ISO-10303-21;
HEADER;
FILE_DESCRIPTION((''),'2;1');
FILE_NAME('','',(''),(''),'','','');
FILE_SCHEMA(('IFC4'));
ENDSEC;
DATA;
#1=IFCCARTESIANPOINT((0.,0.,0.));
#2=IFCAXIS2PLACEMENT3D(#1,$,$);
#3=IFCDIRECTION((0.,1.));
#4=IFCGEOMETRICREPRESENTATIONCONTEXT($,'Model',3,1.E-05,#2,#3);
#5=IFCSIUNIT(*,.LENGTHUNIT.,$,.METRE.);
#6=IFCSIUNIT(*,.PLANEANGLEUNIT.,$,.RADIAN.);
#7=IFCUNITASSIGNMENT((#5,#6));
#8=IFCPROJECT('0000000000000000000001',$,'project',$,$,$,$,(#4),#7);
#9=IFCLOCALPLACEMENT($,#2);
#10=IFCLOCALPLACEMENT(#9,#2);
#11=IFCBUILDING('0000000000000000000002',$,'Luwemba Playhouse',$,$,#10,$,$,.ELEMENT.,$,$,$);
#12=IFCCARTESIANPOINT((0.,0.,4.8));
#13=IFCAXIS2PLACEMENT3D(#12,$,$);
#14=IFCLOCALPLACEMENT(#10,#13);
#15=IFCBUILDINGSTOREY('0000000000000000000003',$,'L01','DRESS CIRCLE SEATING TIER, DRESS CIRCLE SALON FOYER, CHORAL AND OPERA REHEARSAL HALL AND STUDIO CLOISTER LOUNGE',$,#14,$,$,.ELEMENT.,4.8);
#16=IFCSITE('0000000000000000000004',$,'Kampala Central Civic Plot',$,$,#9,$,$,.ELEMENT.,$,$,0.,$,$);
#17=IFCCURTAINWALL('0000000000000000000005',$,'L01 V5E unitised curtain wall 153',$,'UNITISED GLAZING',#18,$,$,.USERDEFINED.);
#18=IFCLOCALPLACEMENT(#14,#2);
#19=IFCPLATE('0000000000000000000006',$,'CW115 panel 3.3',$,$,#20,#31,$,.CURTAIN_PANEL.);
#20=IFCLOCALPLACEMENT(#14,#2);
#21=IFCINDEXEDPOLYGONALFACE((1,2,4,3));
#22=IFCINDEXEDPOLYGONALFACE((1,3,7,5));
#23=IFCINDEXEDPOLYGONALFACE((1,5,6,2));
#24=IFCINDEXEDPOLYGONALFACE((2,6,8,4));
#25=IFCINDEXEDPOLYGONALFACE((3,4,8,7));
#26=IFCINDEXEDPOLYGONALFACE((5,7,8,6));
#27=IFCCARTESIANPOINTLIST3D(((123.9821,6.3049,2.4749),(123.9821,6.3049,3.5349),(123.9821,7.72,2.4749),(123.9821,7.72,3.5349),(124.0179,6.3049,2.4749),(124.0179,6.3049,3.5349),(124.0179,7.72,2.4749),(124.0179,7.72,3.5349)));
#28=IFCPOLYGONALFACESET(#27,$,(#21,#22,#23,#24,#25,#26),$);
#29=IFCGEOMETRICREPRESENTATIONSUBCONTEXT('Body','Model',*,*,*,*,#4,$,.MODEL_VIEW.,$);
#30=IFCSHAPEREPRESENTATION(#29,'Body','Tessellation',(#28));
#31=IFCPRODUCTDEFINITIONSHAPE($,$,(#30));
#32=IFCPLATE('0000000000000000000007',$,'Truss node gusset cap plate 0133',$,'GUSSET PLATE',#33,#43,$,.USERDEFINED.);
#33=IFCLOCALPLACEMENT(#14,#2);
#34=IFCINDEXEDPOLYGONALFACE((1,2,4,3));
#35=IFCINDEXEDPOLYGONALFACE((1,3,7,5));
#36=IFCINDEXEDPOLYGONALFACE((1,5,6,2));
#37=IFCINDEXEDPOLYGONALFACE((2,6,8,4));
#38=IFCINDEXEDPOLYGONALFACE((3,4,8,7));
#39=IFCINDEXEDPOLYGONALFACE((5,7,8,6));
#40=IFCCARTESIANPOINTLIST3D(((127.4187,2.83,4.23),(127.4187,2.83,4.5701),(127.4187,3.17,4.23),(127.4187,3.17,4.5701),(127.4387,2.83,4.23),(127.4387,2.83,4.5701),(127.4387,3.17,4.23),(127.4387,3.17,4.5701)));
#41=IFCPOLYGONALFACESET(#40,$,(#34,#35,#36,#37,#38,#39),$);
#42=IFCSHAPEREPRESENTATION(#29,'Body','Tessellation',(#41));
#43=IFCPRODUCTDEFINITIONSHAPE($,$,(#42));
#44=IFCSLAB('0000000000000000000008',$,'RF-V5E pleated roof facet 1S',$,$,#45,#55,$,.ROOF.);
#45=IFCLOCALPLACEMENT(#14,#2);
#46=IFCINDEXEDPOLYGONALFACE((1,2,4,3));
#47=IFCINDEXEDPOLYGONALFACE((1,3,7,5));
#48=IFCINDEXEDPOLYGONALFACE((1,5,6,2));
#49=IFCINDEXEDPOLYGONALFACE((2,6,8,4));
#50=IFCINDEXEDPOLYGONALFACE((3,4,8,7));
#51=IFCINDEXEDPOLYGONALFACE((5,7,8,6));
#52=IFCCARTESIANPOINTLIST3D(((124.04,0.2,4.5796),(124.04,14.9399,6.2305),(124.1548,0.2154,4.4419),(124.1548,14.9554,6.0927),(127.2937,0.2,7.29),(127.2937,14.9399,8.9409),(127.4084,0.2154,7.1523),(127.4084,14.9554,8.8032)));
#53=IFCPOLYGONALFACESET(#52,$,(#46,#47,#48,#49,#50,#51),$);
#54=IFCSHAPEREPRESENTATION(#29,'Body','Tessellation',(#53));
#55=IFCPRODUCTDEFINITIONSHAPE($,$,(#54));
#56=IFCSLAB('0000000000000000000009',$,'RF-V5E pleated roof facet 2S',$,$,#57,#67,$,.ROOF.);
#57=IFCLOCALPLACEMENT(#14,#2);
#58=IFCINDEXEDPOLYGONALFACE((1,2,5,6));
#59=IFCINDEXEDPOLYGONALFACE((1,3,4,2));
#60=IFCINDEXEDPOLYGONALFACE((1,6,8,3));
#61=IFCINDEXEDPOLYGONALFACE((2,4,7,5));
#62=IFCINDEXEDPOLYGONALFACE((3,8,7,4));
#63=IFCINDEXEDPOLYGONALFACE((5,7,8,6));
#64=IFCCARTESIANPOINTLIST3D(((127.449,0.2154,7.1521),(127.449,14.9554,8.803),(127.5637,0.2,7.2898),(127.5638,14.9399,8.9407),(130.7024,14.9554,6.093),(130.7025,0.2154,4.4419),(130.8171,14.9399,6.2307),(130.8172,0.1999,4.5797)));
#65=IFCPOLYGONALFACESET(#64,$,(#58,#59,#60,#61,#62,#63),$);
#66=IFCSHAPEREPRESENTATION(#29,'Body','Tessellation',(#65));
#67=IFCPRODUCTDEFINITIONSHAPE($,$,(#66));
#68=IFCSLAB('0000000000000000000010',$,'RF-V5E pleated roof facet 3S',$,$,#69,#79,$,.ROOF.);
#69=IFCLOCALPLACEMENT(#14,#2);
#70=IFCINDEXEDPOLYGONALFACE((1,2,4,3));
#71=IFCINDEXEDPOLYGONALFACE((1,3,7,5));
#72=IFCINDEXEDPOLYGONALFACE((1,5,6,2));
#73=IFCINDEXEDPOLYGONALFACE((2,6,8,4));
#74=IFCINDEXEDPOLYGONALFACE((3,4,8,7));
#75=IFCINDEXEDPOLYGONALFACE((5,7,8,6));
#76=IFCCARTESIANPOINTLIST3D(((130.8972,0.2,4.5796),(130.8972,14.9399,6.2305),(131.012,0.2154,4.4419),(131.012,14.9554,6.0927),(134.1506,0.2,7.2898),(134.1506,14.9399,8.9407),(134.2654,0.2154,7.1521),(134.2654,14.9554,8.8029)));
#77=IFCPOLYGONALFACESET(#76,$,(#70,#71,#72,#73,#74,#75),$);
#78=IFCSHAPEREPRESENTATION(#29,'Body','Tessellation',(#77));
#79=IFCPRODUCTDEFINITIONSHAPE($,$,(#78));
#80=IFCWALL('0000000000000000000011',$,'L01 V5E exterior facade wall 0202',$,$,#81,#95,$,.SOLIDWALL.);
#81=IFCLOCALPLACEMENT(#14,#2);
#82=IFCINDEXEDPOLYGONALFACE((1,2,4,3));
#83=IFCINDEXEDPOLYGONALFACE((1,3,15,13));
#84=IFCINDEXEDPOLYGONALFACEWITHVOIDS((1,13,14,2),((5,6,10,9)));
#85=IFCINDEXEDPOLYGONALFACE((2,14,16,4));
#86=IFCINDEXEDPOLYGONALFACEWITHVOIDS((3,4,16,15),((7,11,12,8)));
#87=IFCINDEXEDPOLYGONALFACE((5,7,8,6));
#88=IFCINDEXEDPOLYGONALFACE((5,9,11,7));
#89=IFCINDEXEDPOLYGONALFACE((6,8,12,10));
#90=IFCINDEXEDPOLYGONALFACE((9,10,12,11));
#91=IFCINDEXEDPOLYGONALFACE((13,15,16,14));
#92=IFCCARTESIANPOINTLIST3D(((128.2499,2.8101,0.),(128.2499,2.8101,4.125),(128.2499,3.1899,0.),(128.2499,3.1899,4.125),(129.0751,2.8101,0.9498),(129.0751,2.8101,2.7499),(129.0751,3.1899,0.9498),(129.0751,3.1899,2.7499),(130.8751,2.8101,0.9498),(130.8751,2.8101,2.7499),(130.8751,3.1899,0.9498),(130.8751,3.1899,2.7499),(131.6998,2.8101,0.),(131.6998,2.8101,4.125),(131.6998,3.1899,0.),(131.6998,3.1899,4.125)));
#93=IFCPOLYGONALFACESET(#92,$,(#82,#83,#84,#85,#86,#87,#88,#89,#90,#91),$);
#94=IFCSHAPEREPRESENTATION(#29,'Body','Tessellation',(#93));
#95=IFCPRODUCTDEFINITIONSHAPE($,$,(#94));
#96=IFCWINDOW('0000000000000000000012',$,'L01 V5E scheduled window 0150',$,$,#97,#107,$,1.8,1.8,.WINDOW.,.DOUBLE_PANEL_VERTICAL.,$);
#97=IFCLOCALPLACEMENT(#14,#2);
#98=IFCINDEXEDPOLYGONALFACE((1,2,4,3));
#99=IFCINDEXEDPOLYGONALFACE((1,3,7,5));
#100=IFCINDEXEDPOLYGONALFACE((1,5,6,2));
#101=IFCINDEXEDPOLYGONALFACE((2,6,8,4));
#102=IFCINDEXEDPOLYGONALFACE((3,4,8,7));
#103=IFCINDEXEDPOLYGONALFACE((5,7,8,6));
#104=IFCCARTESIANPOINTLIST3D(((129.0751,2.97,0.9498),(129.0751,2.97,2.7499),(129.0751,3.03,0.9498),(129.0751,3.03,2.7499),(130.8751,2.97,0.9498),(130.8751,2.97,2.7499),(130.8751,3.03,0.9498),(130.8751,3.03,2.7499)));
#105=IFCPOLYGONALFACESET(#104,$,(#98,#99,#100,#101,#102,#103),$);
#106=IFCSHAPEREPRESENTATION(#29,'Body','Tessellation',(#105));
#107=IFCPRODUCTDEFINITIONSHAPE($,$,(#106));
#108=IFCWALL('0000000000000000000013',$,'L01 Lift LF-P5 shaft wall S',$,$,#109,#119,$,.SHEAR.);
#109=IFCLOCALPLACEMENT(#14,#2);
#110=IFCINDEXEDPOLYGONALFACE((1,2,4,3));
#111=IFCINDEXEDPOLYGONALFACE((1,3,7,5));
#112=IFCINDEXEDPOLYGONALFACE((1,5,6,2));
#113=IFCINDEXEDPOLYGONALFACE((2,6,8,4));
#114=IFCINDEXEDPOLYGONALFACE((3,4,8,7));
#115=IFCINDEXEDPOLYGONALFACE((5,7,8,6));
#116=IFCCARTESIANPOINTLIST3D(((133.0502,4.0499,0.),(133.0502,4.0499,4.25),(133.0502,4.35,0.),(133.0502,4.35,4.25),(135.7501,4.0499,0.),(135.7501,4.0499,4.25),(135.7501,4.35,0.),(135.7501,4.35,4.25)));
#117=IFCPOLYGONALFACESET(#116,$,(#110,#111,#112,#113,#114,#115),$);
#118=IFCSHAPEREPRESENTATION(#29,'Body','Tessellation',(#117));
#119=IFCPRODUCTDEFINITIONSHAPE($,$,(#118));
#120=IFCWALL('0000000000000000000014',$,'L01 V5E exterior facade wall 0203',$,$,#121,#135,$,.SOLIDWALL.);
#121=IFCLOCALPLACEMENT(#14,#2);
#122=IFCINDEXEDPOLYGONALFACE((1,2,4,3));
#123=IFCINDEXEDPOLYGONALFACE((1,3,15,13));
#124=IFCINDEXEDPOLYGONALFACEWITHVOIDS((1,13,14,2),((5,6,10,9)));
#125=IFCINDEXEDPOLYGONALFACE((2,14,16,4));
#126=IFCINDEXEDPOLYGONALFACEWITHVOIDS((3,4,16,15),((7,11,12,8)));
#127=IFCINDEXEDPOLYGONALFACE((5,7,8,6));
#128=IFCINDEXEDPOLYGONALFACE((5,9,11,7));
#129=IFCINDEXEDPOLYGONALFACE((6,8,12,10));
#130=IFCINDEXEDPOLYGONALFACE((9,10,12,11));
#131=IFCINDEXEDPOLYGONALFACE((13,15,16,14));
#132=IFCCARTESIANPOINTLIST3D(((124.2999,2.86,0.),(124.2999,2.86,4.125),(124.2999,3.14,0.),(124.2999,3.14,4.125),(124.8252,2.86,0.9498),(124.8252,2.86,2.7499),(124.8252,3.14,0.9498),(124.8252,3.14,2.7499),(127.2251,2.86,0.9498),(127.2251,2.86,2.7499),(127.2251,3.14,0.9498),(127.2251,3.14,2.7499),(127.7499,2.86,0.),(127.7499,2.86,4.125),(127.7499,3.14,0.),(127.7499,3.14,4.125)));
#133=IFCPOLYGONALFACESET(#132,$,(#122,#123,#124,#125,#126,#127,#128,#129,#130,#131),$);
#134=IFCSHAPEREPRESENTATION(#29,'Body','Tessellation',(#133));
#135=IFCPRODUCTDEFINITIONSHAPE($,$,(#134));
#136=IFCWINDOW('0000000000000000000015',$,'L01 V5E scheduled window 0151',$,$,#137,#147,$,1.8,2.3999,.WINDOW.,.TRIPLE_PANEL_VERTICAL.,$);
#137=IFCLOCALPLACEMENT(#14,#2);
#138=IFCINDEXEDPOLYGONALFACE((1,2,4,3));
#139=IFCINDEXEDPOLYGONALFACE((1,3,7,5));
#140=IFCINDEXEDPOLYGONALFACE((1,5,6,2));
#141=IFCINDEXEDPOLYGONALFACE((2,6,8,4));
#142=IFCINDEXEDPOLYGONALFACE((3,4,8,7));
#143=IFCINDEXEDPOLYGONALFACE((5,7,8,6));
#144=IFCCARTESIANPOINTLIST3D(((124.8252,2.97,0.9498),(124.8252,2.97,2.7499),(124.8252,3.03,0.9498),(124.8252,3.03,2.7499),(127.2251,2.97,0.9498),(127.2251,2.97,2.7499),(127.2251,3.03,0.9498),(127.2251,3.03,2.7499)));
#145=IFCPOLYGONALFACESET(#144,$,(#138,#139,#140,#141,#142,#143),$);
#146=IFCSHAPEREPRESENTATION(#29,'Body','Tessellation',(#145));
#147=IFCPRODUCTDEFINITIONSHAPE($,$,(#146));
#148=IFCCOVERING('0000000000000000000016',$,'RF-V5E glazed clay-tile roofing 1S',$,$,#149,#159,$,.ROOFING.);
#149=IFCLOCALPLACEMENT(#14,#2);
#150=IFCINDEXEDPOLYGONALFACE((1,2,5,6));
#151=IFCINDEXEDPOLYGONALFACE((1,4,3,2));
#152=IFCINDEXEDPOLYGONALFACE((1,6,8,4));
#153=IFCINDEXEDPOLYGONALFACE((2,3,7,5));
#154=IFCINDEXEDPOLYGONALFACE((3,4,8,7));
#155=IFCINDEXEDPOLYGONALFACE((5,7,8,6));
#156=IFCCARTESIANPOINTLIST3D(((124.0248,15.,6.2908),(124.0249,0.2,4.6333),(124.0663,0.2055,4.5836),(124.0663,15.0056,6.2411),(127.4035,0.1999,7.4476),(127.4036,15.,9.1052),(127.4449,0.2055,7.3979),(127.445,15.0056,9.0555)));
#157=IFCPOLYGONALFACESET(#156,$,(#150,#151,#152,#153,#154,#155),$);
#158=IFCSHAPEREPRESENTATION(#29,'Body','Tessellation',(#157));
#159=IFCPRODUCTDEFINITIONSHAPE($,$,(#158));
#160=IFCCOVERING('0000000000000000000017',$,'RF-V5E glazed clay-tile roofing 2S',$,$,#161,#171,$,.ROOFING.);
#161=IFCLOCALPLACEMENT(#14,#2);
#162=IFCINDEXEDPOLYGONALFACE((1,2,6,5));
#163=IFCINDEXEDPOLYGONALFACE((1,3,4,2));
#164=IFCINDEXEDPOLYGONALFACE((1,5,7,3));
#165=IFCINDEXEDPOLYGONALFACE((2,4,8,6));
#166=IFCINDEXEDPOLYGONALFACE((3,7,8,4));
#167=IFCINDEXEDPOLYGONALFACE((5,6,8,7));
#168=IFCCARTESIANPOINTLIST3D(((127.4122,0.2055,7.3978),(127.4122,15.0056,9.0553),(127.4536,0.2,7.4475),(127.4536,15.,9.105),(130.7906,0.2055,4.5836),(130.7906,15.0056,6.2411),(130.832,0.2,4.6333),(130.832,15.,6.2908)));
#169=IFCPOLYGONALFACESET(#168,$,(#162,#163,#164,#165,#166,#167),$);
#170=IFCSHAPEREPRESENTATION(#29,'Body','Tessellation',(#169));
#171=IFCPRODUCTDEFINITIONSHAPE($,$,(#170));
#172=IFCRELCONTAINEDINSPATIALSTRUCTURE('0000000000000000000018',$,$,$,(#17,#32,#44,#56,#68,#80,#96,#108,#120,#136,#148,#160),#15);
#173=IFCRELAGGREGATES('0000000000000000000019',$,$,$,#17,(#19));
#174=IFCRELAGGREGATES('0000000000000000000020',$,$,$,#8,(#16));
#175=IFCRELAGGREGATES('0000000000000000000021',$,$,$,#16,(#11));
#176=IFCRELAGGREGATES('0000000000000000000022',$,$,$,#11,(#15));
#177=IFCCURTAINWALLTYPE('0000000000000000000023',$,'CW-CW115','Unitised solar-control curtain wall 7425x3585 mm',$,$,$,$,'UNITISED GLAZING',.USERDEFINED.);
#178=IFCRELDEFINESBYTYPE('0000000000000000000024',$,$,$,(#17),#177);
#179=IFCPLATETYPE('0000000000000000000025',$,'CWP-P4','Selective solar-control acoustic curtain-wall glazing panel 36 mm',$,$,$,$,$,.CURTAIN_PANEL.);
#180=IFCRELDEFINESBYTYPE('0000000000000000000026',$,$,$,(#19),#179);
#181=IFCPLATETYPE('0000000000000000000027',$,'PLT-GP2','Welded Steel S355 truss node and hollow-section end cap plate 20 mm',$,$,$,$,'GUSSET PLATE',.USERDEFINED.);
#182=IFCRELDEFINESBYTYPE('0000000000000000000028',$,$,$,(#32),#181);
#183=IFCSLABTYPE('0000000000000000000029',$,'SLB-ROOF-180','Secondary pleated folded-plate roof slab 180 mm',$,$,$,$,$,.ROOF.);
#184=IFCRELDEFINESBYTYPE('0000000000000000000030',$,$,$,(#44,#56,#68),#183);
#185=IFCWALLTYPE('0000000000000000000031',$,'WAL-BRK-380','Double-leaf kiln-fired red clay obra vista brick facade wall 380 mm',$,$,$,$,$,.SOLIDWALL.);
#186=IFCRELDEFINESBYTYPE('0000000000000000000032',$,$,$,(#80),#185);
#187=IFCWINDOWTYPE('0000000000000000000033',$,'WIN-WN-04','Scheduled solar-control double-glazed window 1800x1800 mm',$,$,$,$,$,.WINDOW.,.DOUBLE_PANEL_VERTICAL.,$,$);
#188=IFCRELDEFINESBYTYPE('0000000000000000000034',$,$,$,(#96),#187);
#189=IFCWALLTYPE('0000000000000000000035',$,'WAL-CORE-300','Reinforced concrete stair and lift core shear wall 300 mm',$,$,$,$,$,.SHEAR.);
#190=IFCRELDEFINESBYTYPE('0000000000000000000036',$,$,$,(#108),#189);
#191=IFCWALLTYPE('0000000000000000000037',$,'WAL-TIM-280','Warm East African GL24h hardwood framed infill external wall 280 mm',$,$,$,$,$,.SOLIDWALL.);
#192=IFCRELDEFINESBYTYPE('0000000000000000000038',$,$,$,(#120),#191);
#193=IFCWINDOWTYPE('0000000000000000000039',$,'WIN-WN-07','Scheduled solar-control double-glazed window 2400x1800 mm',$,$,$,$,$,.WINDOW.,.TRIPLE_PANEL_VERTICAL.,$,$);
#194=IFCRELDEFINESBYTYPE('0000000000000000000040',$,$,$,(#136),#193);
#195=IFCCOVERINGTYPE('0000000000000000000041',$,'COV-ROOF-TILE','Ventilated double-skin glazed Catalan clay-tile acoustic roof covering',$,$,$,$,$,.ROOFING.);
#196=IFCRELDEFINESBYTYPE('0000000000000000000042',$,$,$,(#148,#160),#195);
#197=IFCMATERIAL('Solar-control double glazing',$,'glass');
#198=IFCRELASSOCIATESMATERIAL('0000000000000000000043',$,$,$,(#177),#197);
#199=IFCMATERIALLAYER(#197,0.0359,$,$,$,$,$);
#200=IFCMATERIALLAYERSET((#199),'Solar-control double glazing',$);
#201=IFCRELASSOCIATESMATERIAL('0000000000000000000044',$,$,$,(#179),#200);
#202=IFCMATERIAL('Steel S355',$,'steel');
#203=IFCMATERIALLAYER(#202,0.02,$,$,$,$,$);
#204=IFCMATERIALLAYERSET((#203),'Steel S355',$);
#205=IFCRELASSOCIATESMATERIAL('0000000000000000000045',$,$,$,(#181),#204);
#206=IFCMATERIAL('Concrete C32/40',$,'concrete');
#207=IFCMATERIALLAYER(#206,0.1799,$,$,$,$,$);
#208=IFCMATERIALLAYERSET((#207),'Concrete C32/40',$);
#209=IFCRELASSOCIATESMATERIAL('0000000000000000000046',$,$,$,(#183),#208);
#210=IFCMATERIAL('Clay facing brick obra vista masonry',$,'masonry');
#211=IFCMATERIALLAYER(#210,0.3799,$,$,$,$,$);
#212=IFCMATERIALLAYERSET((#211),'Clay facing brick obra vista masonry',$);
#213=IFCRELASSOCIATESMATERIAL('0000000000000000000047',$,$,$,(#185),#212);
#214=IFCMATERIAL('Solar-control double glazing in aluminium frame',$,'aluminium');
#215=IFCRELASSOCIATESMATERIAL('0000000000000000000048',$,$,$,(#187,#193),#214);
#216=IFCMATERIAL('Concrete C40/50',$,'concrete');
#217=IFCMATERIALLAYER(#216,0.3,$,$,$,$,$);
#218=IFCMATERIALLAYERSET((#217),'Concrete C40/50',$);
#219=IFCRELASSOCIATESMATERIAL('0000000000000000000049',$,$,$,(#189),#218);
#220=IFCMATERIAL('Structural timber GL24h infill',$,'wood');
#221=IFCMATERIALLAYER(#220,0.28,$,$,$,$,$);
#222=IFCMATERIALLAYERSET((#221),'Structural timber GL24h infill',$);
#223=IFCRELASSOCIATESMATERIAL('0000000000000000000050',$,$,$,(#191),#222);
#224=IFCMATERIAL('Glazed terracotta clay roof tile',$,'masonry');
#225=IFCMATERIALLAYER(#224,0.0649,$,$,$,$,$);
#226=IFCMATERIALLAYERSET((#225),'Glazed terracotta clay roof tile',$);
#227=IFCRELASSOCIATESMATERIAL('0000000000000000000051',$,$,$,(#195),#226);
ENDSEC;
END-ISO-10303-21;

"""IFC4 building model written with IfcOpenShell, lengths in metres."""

from ifc_helpers import new_model, si_unit, direction, frame, frame_2d, origin, origin_2d, place, context, subcontext, project, spatial, polyline, rectangle, outline, extrude, material, layer, layer_set, type_object, element, fill, aggregate, save


model = new_model("IFC4")

# Units and contexts
model_context = context("Model", 3, precision=1e-05, world=origin(), true_north=direction((0.0, 1.0)))
body_context = subcontext(model_context, "Body", "Model", "MODEL_VIEW")
ifc_project = project(units=[si_unit("LENGTHUNIT", "METRE"), si_unit("PLANEANGLEUNIT", "RADIAN")], contexts=[model_context])

# Site, building, storey
site_placement = place(None, origin())
site = spatial("IfcSite", under=ifc_project, at=site_placement, Name="Kampala Central Civic Plot", CompositionType="ELEMENT", RefElevation=0.0)
building_placement = place(site_placement, origin())
building = spatial("IfcBuilding", under=site, at=building_placement, Name="Luwemba Playhouse", CompositionType="ELEMENT")
storey_placement = place(building_placement, frame((0.0, 0.0, 4.8)))
storey = spatial("IfcBuildingStorey", under=building, at=storey_placement, Name="L01", Description="DRESS CIRCLE SEATING TIER, DRESS CIRCLE SALON FOYER, CHORAL AND OPERA REHEARSAL HALL AND STUDIO CLOISTER LOUNGE", CompositionType="ELEMENT", Elevation=4.8)

# Shared definitions
ifc_material_1 = material(Name="Concrete C40/50", Category="concrete")

# Shared definitions
ifc_material_2 = material(Name="Steel S355", Category="steel")

# Curtain wall
ifc_material_3 = material(Name="Solar-control double glazing", Category="glass")
curtain_wall_type = type_object("IfcCurtainWallType", Name="CW-CW115", Description="Unitised solar-control curtain wall 7425x3585 mm", ElementType="UNITISED GLAZING", PredefinedType="USERDEFINED", material=ifc_material_3)
curtain_wall_placement = place(storey_placement, origin())
curtain_wall = element("IfcCurtainWall", 1, at=curtain_wall_placement, inside=storey, type_object=curtain_wall_type, Name="L01 V5E unitised curtain wall 153", ObjectType="UNITISED GLAZING", PredefinedType="USERDEFINED")

# Plates
ifc_layer_1 = layer(ifc_material_3, 0.0359)
ifc_layer_set_1 = layer_set([ifc_layer_1], Name="Solar-control double glazing")
plate_type_1 = type_object("IfcPlateType", Name="CWP-P4", Description="Selective solar-control acoustic curtain-wall glazing panel 36 mm", PredefinedType="CURTAIN_PANEL", material=ifc_layer_set_1)
plate_1_placement = place(storey_placement, frame((124.0, 7.0125, 2.4749), z_axis=(0.0, 0.0, 1.0), x_axis=(0.0, 1.0, 0.0)))
plate_1 = element("IfcPlate", 2, at=plate_1_placement, type_object=plate_type_1, Name="CW115 panel 3.3", PredefinedType="CURTAIN_PANEL", context=body_context, shape_type="SweptSolid", body=[
    extrude(rectangle(XDim=1.415, YDim=0.0359, at=origin_2d()), origin(), (0.0, 0.0, 1.0), 1.0601),
])
aggregate(curtain_wall, [plate_1])
ifc_layer_2 = layer(ifc_material_2, 0.02)
ifc_layer_set_2 = layer_set([ifc_layer_2], Name="Steel S355")
plate_type_2 = type_object("IfcPlateType", Name="PLT-GP2", Description="Welded Steel S355 truss node and hollow-section end cap plate 20 mm", ElementType="GUSSET PLATE", PredefinedType="USERDEFINED", material=ifc_layer_set_2)
plate_2_placement = place(storey_placement, frame((127.4287, 3.0, 4.23), z_axis=(0.0, 0.0, 1.0), x_axis=(1.0, 0.0, 0.0)))
element("IfcPlate", 3, at=plate_2_placement, inside=storey, type_object=plate_type_2, Name="Truss node gusset cap plate 0133", ObjectType="GUSSET PLATE", PredefinedType="USERDEFINED", context=body_context, shape_type="SweptSolid", body=[
    extrude(rectangle(XDim=0.02, YDim=0.3401, at=origin_2d()), origin(), (0.0, 0.0, 1.0), 0.3401),
])

# Slabs
ifc_material_4 = material(Name="Concrete C32/40", Category="concrete")
ifc_layer_3 = layer(ifc_material_4, 0.1799)
ifc_layer_set_3 = layer_set([ifc_layer_3], Name="Concrete C32/40")
slab_type = type_object("IfcSlabType", Name="SLB-ROOF-180", Description="Secondary pleated folded-plate roof slab 180 mm", PredefinedType="ROOF", material=ifc_layer_set_3)
slab_1_placement = place(storey_placement, frame((124.04, 0.2, 4.5796), z_axis=(-0.637697, -0.085736, 0.765501), x_axis=(0.76833, 0.0, 0.640054)))
element("IfcSlab", 4, at=slab_1_placement, inside=storey, type_object=slab_type, Name="RF-V5E pleated roof facet 1S", PredefinedType="ROOF", context=body_context, shape_type="SweptSolid", body=[
    extrude(outline(polyline([(0.0, 0.0), (4.2347, 0.0), (5.2914, 14.7945), (1.0567, 14.7945), (0.0, 0.0)])), origin(), (0.0, 0.0, -1.0), 0.1799),
])
slab_2_placement = place(storey_placement, frame((127.5637, 0.2, 7.2898), z_axis=(0.637674, -0.085744, 0.765519), x_axis=(0.768349, -0.000002, -0.640031)))
element("IfcSlab", 5, at=slab_2_placement, inside=storey, type_object=slab_type, Name="RF-V5E pleated roof facet 2S", PredefinedType="ROOF", context=body_context, shape_type="SweptSolid", body=[
    extrude(outline(polyline([(0.0, 0.0), (4.2344, 0.0), (3.1776, 14.7945), (-1.0566, 14.7945), (0.0, 0.0)])), origin(), (0.0, 0.0, -1.0), 0.1799),
])
slab_3_placement = place(storey_placement, frame((130.8972, 0.2, 4.5796), z_axis=(-0.637692, -0.085737, 0.765506), x_axis=(0.768335, 0.0, 0.640048)))
element("IfcSlab", 6, at=slab_3_placement, inside=storey, type_object=slab_type, Name="RF-V5E pleated roof facet 3S", PredefinedType="ROOF", context=body_context, shape_type="SweptSolid", body=[
    extrude(outline(polyline([(0.0, 0.0), (4.2344, 0.0), (5.291, 14.7945), (1.0566, 14.7945), (0.0, 0.0)])), origin(), (0.0, 0.0, -1.0), 0.1799),
])

# Wall, opening, window
ifc_material_5 = material(Name="Clay facing brick obra vista masonry", Category="masonry")
ifc_layer_4 = layer(ifc_material_5, 0.3799)
ifc_layer_set_4 = layer_set([ifc_layer_4], Name="Clay facing brick obra vista masonry")
wall_type_1 = type_object("IfcWallType", Name="WAL-BRK-380", Description="Double-leaf kiln-fired red clay obra vista brick facade wall 380 mm", PredefinedType="SOLIDWALL", material=ifc_layer_set_4)
wall_1_placement = place(storey_placement, frame((131.7, 3.0, 0.0), z_axis=(0.0, 0.0, 1.0), x_axis=(-1.0, 0.0, 0.0)))
wall_1 = element("IfcWall", 7, at=wall_1_placement, inside=storey, type_object=wall_type_1, Name="L01 V5E exterior facade wall 0202", PredefinedType="SOLIDWALL", context=body_context, shape_type="SweptSolid", body=[
    extrude(rectangle(XDim=3.45, YDim=0.3799, at=frame_2d((1.7251, 0.0))), origin(), (0.0, 0.0, 1.0), 4.125),
])
opening_1_placement = place(wall_1_placement, frame((0.825, 0.0, 0.95)))
opening_1 = element("IfcOpeningElement", 8, at=opening_1_placement, cuts=wall_1, PredefinedType="OPENING", context=body_context, shape_type="SweptSolid", body=[
    extrude(rectangle(XDim=1.8, YDim=1.8, at=frame_2d((0.8999, 0.8999))), frame((0.0, 0.2, 0.0), z_axis=(0.0, -1.0, 0.0), x_axis=(1.0, 0.0, 0.0)), (0.0, 0.0, 1.0), 0.3999),
])
ifc_material_6 = material(Name="Solar-control double glazing in aluminium frame", Category="aluminium")
window_type_1 = type_object("IfcWindowType", Name="WIN-WN-04", Description="Scheduled solar-control double-glazed window 1800x1800 mm", PartitioningType="DOUBLE_PANEL_VERTICAL", PredefinedType="WINDOW", material=ifc_material_6)
window_1_placement = place(opening_1_placement, origin())
window_1 = element("IfcWindow", 9, at=window_1_placement, inside=storey, type_object=window_type_1, Name="L01 V5E scheduled window 0150", OverallHeight=1.8, OverallWidth=1.8, PartitioningType="DOUBLE_PANEL_VERTICAL", PredefinedType="WINDOW", context=body_context, shape_type="SweptSolid", body=[
    extrude(rectangle(XDim=1.8, YDim=1.8, at=frame_2d((0.8999, 0.8999))), frame((0.0, 0.03, 0.0), z_axis=(0.0, -1.0, 0.0), x_axis=(1.0, 0.0, 0.0)), (0.0, 0.0, 1.0), 0.0601),
])
fill(opening_1, window_1)

# Wall
ifc_layer_5 = layer(ifc_material_1, 0.3)
ifc_layer_set_5 = layer_set([ifc_layer_5], Name="Concrete C40/50")
wall_type_2 = type_object("IfcWallType", Name="WAL-CORE-300", Description="Reinforced concrete stair and lift core shear wall 300 mm", PredefinedType="SHEAR", material=ifc_layer_set_5)
wall_2_placement = place(storey_placement, frame((133.05, 4.2, 0.0), z_axis=(0.0, 0.0, 1.0), x_axis=(1.0, 0.0, 0.0)))
element("IfcWall", 10, at=wall_2_placement, inside=storey, type_object=wall_type_2, Name="L01 Lift LF-P5 shaft wall S", PredefinedType="SHEAR", context=body_context, shape_type="SweptSolid", body=[
    extrude(rectangle(XDim=2.7, YDim=0.3, at=frame_2d((1.3501, 0.0))), origin(), (0.0, 0.0, 1.0), 4.25),
])

# Wall, opening, window
ifc_material_7 = material(Name="Structural timber GL24h infill", Category="wood")
ifc_layer_6 = layer(ifc_material_7, 0.28)
ifc_layer_set_6 = layer_set([ifc_layer_6], Name="Structural timber GL24h infill")
wall_type_3 = type_object("IfcWallType", Name="WAL-TIM-280", Description="Warm East African GL24h hardwood framed infill external wall 280 mm", PredefinedType="SOLIDWALL", material=ifc_layer_set_6)
wall_3_placement = place(storey_placement, frame((127.75, 3.0, 0.0), z_axis=(0.0, 0.0, 1.0), x_axis=(-1.0, 0.0, 0.0)))
wall_3 = element("IfcWall", 11, at=wall_3_placement, inside=storey, type_object=wall_type_3, Name="L01 V5E exterior facade wall 0203", PredefinedType="SOLIDWALL", context=body_context, shape_type="SweptSolid", body=[
    extrude(rectangle(XDim=3.45, YDim=0.28, at=frame_2d((1.7251, 0.0))), origin(), (0.0, 0.0, 1.0), 4.125),
])
opening_2_placement = place(wall_3_placement, frame((0.5249, 0.0, 0.95)))
opening_2 = element("IfcOpeningElement", 12, at=opening_2_placement, cuts=wall_3, PredefinedType="OPENING", context=body_context, shape_type="SweptSolid", body=[
    extrude(rectangle(XDim=2.3999, YDim=1.8, at=frame_2d((1.2, 0.8999))), frame((0.0, 0.1499, 0.0), z_axis=(0.0, -1.0, 0.0), x_axis=(1.0, 0.0, 0.0)), (0.0, 0.0, 1.0), 0.3),
])
window_type_2 = type_object("IfcWindowType", Name="WIN-WN-07", Description="Scheduled solar-control double-glazed window 2400x1800 mm", PartitioningType="TRIPLE_PANEL_VERTICAL", PredefinedType="WINDOW", material=ifc_material_6)
window_2_placement = place(opening_2_placement, origin())
window_2 = element("IfcWindow", 13, at=window_2_placement, inside=storey, type_object=window_type_2, Name="L01 V5E scheduled window 0151", OverallHeight=1.8, OverallWidth=2.3999, PartitioningType="TRIPLE_PANEL_VERTICAL", PredefinedType="WINDOW", context=body_context, shape_type="SweptSolid", body=[
    extrude(rectangle(XDim=2.3999, YDim=1.8, at=frame_2d((1.2, 0.8999))), frame((0.0, 0.03, 0.0), z_axis=(0.0, -1.0, 0.0), x_axis=(1.0, 0.0, 0.0)), (0.0, 0.0, 1.0), 0.0601),
])
fill(opening_2, window_2)

# Coverings
ifc_material_8 = material(Name="Glazed terracotta clay roof tile", Category="masonry")
ifc_layer_7 = layer(ifc_material_8, 0.0649)
ifc_layer_set_7 = layer_set([ifc_layer_7], Name="Glazed terracotta clay roof tile")
covering_type = type_object("IfcCoveringType", Name="COV-ROOF-TILE", Description="Ventilated double-skin glazed Catalan clay-tile acoustic roof covering", PredefinedType="ROOFING", material=ifc_layer_set_7)
covering_1_placement = place(storey_placement, frame((124.0249, 0.2, 4.6333), z_axis=(-0.637664, -0.085739, 0.765528), x_axis=(0.768358, -0.000002, 0.64002)))
element("IfcCovering", 14, at=covering_1_placement, inside=storey, type_object=covering_type, Name="RF-V5E glazed clay-tile roofing 1S", PredefinedType="ROOFING", context=body_context, shape_type="SweptSolid", body=[
    extrude(outline(polyline([(0.0, 0.0), (4.3972, 0.0), (5.4581, 14.8548), (1.0608, 14.8547), (0.0, 0.0)])), origin(), (0.0, 0.0, -1.0), 0.0649),
])
covering_2_placement = place(storey_placement, frame((127.4536, 0.2, 7.4475), z_axis=(0.637675, -0.085731, 0.76552), x_axis=(0.768349, 0.0, -0.640031)))
element("IfcCovering", 15, at=covering_2_placement, inside=storey, type_object=covering_type, Name="RF-V5E glazed clay-tile roofing 2S", PredefinedType="ROOFING", context=body_context, shape_type="SweptSolid", body=[
    extrude(outline(polyline([(0.0, 0.0), (4.397, 0.0), (3.3362, 14.8547), (-1.0608, 14.8547), (0.0, 0.0)])), origin(), (0.0, 0.0, -1.0), 0.0649),
])

save(model, "model.ifc")
